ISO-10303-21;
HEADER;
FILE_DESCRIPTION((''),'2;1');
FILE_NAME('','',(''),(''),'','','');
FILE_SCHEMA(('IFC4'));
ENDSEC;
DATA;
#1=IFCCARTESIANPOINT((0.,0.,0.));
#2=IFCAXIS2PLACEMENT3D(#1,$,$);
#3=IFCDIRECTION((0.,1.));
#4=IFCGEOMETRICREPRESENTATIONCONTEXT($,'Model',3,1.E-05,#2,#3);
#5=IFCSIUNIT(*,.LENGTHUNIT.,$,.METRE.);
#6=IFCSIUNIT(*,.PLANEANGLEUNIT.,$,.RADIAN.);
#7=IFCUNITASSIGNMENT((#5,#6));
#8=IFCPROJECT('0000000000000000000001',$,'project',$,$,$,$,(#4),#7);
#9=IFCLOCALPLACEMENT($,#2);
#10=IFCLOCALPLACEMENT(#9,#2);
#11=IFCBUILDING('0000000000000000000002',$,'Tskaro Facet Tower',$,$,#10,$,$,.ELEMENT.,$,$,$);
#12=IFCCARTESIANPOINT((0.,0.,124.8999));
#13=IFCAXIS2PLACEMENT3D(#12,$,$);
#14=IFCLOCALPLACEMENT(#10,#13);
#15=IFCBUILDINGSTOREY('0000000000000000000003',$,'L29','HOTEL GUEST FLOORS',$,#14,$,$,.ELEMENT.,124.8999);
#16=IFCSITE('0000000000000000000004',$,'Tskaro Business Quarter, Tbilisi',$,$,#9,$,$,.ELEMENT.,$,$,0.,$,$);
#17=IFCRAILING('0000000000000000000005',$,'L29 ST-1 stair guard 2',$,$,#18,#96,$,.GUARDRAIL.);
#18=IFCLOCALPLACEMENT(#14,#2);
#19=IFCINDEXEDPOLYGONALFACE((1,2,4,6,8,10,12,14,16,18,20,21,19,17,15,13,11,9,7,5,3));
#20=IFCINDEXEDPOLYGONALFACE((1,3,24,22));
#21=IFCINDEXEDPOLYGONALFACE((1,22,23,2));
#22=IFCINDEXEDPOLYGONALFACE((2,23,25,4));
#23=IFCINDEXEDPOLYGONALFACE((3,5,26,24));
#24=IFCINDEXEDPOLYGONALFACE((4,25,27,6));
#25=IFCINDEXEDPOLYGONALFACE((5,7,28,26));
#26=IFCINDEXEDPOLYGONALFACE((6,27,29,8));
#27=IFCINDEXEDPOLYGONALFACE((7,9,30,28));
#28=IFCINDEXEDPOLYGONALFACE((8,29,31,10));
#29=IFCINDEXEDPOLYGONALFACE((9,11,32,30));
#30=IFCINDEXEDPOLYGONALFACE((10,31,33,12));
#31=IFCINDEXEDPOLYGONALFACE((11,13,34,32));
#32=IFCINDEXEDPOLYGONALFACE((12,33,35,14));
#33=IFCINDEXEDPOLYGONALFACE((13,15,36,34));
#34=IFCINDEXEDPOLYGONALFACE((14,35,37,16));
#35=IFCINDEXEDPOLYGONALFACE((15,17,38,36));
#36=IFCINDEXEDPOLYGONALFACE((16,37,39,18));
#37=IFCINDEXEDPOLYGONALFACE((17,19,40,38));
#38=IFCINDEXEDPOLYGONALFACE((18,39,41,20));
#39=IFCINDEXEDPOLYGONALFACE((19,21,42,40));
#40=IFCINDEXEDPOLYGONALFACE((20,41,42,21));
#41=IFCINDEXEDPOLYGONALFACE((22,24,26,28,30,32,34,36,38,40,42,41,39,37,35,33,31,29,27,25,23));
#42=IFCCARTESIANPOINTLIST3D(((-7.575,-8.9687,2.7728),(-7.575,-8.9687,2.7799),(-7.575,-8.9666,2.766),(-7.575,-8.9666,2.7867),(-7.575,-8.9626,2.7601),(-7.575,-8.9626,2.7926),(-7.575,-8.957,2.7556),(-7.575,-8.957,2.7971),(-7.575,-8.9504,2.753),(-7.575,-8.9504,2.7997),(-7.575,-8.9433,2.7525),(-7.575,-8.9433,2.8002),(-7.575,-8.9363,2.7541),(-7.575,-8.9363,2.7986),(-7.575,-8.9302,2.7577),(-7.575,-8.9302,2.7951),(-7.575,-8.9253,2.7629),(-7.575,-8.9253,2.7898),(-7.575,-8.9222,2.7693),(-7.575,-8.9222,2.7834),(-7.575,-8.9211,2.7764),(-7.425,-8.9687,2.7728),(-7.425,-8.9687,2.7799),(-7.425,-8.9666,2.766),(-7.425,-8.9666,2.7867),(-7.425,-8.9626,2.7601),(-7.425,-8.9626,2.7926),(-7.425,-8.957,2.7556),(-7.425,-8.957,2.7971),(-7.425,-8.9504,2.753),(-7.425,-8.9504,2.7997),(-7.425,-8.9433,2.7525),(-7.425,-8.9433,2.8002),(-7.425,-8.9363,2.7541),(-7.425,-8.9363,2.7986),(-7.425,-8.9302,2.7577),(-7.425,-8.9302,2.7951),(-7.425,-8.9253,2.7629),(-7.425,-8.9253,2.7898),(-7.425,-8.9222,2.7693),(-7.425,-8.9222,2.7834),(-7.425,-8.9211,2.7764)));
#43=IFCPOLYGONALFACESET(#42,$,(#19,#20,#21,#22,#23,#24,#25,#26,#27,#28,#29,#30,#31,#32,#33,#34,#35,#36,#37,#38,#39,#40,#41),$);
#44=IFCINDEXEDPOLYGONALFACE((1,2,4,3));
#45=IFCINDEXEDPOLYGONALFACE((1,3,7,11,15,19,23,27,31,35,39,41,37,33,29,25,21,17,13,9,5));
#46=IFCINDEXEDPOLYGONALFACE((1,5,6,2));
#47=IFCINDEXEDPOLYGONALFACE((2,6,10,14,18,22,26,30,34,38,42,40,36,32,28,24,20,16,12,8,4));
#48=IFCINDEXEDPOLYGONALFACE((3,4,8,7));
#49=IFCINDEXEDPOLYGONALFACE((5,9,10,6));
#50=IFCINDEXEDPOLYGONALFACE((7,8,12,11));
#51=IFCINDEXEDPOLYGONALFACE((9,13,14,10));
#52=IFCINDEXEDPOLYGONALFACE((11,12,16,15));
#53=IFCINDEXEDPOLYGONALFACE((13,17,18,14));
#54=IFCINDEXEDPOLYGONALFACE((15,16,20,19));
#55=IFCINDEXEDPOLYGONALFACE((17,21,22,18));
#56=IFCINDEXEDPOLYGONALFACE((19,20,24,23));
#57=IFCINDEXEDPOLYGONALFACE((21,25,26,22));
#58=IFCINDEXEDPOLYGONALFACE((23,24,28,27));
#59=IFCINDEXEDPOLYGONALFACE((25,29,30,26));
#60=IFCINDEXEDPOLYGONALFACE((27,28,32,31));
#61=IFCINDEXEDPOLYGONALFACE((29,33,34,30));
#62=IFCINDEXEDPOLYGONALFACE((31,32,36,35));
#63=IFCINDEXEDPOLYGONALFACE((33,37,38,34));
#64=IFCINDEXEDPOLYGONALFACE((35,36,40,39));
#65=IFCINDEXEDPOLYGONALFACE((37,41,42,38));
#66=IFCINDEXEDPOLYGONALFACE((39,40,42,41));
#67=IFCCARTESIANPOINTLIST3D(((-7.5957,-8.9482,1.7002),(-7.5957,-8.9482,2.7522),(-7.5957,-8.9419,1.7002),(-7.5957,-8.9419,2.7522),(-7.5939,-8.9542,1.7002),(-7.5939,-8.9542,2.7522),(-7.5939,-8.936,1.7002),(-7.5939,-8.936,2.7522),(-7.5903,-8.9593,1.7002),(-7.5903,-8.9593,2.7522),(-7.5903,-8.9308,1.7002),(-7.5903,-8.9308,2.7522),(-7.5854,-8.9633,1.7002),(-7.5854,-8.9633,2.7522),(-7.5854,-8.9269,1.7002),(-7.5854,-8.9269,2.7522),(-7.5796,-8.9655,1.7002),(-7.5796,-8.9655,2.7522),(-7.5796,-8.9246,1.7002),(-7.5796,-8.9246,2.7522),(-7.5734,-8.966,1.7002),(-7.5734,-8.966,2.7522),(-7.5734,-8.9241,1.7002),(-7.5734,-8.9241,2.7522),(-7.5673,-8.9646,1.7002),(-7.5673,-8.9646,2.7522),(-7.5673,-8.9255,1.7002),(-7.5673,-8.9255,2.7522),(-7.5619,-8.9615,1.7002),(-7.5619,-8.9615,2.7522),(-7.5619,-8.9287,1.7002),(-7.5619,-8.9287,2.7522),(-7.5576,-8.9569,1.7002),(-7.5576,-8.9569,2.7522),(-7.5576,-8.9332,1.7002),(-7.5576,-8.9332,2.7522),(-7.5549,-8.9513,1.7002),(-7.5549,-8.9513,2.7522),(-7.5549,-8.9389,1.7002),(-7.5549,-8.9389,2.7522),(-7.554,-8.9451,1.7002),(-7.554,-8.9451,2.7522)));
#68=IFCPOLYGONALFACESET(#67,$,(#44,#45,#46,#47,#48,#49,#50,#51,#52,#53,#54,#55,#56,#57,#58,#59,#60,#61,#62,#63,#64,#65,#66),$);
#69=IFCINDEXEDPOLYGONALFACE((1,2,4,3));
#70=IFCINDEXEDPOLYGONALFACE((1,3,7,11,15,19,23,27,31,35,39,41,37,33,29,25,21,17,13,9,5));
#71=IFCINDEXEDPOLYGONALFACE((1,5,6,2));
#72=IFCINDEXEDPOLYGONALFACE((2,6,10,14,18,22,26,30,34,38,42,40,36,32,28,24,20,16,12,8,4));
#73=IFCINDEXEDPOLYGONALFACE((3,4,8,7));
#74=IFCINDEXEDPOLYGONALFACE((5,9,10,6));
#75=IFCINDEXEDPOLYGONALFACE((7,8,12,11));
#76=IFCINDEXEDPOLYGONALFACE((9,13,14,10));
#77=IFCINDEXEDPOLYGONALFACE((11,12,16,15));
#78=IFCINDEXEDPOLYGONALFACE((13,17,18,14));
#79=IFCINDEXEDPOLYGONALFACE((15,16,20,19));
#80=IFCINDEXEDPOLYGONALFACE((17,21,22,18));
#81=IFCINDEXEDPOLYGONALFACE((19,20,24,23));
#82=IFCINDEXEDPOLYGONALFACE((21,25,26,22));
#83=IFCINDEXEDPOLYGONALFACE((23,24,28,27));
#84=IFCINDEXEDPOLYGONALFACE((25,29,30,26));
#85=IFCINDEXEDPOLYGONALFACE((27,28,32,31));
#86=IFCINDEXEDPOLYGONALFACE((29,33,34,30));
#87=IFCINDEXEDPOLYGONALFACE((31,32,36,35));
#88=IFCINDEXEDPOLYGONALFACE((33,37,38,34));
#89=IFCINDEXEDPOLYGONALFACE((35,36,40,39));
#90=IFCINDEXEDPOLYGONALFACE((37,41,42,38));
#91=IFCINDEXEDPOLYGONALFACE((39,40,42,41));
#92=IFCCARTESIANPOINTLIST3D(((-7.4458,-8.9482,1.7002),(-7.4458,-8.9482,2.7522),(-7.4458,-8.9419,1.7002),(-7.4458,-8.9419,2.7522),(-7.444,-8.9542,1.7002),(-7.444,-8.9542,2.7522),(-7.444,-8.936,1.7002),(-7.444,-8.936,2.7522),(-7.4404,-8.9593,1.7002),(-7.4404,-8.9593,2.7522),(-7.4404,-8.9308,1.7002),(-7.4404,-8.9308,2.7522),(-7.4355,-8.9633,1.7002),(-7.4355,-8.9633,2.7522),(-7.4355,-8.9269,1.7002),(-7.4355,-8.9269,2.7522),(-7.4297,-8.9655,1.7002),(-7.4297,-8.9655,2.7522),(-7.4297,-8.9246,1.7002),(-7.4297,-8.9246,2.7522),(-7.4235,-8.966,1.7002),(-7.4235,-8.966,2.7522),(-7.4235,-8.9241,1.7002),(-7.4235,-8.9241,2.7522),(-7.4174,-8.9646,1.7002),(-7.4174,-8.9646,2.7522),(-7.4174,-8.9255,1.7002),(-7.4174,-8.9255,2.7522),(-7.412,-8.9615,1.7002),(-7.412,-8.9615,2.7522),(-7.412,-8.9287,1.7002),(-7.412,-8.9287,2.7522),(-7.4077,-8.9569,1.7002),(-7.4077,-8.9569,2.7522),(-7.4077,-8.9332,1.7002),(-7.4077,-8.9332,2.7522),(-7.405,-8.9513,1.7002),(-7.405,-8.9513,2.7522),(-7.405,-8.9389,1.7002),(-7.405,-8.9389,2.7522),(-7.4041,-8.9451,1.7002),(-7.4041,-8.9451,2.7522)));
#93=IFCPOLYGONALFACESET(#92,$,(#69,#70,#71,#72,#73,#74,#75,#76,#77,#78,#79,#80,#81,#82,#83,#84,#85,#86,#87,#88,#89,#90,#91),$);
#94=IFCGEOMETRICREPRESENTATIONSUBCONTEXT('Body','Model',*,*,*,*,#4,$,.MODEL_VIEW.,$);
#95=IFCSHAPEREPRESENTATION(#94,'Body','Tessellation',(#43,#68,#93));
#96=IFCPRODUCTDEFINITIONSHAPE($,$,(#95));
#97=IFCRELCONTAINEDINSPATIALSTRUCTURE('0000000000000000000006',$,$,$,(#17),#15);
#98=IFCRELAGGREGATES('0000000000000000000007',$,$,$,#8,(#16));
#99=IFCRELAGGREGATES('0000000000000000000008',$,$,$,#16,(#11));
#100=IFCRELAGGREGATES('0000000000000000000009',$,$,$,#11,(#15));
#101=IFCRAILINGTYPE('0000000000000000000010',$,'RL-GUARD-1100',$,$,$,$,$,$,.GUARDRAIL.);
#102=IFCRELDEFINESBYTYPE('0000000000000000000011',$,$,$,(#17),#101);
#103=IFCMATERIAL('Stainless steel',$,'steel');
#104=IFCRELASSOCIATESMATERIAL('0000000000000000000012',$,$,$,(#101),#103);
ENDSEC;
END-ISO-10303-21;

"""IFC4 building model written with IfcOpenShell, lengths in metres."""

from ifc_helpers import new_model, si_unit, direction, frame, origin, origin_2d, place, context, subcontext, project, spatial, circle, extrude, material, type_object, element, save


model = new_model("IFC4")

# Units and contexts
model_context = context("Model", 3, precision=1e-05, world=origin(), true_north=direction((0.0, 1.0)))
body_context = subcontext(model_context, "Body", "Model", "MODEL_VIEW")
ifc_project = project(units=[si_unit("LENGTHUNIT", "METRE"), si_unit("PLANEANGLEUNIT", "RADIAN")], contexts=[model_context])

# Site, building, storey
site_placement = place(None, origin())
site = spatial("IfcSite", under=ifc_project, at=site_placement, Name="Tskaro Business Quarter, Tbilisi", CompositionType="ELEMENT", RefElevation=0.0)
building_placement = place(site_placement, origin())
building = spatial("IfcBuilding", under=site, at=building_placement, Name="Tskaro Facet Tower", CompositionType="ELEMENT")
storey_placement = place(building_placement, frame((0.0, 0.0, 124.8999)))
storey = spatial("IfcBuildingStorey", under=building, at=storey_placement, Name="L29", Description="HOTEL GUEST FLOORS", CompositionType="ELEMENT", Elevation=124.8999)

# Shared definitions
ifc_material_1 = material(Name="Stainless steel", Category="steel")

# Railing
railing_type_1 = type_object("IfcRailingType", Name="RL-GUARD-1100", PredefinedType="GUARDRAIL", material=ifc_material_1)
railing_1_placement = place(storey_placement, frame((-7.575, -8.9451, 1.7002)))
element("IfcRailing", 1, at=railing_1_placement, inside=storey, type_object=railing_type_1, Name="L29 ST-1 stair guard 2", PredefinedType="GUARDRAIL", context=body_context, shape_type="SweptSolid", body=[
    extrude(circle(Radius=0.0239, at=origin_2d()), frame((0.0, 0.0, 1.0762), z_axis=(1.0, 0.0, 0.0), x_axis=(0.0, 1.0, 0.0)), (0.0, 0.0, 1.0), 0.1499),
    extrude(circle(Radius=0.021, at=origin_2d()), origin(), (0.0, 0.0, 1.0), 1.052),
    extrude(circle(Radius=0.021, at=origin_2d()), frame((0.1499, 0.0, 0.0)), (0.0, 0.0, 1.0), 1.052),
])

save(model, "model.ifc")
